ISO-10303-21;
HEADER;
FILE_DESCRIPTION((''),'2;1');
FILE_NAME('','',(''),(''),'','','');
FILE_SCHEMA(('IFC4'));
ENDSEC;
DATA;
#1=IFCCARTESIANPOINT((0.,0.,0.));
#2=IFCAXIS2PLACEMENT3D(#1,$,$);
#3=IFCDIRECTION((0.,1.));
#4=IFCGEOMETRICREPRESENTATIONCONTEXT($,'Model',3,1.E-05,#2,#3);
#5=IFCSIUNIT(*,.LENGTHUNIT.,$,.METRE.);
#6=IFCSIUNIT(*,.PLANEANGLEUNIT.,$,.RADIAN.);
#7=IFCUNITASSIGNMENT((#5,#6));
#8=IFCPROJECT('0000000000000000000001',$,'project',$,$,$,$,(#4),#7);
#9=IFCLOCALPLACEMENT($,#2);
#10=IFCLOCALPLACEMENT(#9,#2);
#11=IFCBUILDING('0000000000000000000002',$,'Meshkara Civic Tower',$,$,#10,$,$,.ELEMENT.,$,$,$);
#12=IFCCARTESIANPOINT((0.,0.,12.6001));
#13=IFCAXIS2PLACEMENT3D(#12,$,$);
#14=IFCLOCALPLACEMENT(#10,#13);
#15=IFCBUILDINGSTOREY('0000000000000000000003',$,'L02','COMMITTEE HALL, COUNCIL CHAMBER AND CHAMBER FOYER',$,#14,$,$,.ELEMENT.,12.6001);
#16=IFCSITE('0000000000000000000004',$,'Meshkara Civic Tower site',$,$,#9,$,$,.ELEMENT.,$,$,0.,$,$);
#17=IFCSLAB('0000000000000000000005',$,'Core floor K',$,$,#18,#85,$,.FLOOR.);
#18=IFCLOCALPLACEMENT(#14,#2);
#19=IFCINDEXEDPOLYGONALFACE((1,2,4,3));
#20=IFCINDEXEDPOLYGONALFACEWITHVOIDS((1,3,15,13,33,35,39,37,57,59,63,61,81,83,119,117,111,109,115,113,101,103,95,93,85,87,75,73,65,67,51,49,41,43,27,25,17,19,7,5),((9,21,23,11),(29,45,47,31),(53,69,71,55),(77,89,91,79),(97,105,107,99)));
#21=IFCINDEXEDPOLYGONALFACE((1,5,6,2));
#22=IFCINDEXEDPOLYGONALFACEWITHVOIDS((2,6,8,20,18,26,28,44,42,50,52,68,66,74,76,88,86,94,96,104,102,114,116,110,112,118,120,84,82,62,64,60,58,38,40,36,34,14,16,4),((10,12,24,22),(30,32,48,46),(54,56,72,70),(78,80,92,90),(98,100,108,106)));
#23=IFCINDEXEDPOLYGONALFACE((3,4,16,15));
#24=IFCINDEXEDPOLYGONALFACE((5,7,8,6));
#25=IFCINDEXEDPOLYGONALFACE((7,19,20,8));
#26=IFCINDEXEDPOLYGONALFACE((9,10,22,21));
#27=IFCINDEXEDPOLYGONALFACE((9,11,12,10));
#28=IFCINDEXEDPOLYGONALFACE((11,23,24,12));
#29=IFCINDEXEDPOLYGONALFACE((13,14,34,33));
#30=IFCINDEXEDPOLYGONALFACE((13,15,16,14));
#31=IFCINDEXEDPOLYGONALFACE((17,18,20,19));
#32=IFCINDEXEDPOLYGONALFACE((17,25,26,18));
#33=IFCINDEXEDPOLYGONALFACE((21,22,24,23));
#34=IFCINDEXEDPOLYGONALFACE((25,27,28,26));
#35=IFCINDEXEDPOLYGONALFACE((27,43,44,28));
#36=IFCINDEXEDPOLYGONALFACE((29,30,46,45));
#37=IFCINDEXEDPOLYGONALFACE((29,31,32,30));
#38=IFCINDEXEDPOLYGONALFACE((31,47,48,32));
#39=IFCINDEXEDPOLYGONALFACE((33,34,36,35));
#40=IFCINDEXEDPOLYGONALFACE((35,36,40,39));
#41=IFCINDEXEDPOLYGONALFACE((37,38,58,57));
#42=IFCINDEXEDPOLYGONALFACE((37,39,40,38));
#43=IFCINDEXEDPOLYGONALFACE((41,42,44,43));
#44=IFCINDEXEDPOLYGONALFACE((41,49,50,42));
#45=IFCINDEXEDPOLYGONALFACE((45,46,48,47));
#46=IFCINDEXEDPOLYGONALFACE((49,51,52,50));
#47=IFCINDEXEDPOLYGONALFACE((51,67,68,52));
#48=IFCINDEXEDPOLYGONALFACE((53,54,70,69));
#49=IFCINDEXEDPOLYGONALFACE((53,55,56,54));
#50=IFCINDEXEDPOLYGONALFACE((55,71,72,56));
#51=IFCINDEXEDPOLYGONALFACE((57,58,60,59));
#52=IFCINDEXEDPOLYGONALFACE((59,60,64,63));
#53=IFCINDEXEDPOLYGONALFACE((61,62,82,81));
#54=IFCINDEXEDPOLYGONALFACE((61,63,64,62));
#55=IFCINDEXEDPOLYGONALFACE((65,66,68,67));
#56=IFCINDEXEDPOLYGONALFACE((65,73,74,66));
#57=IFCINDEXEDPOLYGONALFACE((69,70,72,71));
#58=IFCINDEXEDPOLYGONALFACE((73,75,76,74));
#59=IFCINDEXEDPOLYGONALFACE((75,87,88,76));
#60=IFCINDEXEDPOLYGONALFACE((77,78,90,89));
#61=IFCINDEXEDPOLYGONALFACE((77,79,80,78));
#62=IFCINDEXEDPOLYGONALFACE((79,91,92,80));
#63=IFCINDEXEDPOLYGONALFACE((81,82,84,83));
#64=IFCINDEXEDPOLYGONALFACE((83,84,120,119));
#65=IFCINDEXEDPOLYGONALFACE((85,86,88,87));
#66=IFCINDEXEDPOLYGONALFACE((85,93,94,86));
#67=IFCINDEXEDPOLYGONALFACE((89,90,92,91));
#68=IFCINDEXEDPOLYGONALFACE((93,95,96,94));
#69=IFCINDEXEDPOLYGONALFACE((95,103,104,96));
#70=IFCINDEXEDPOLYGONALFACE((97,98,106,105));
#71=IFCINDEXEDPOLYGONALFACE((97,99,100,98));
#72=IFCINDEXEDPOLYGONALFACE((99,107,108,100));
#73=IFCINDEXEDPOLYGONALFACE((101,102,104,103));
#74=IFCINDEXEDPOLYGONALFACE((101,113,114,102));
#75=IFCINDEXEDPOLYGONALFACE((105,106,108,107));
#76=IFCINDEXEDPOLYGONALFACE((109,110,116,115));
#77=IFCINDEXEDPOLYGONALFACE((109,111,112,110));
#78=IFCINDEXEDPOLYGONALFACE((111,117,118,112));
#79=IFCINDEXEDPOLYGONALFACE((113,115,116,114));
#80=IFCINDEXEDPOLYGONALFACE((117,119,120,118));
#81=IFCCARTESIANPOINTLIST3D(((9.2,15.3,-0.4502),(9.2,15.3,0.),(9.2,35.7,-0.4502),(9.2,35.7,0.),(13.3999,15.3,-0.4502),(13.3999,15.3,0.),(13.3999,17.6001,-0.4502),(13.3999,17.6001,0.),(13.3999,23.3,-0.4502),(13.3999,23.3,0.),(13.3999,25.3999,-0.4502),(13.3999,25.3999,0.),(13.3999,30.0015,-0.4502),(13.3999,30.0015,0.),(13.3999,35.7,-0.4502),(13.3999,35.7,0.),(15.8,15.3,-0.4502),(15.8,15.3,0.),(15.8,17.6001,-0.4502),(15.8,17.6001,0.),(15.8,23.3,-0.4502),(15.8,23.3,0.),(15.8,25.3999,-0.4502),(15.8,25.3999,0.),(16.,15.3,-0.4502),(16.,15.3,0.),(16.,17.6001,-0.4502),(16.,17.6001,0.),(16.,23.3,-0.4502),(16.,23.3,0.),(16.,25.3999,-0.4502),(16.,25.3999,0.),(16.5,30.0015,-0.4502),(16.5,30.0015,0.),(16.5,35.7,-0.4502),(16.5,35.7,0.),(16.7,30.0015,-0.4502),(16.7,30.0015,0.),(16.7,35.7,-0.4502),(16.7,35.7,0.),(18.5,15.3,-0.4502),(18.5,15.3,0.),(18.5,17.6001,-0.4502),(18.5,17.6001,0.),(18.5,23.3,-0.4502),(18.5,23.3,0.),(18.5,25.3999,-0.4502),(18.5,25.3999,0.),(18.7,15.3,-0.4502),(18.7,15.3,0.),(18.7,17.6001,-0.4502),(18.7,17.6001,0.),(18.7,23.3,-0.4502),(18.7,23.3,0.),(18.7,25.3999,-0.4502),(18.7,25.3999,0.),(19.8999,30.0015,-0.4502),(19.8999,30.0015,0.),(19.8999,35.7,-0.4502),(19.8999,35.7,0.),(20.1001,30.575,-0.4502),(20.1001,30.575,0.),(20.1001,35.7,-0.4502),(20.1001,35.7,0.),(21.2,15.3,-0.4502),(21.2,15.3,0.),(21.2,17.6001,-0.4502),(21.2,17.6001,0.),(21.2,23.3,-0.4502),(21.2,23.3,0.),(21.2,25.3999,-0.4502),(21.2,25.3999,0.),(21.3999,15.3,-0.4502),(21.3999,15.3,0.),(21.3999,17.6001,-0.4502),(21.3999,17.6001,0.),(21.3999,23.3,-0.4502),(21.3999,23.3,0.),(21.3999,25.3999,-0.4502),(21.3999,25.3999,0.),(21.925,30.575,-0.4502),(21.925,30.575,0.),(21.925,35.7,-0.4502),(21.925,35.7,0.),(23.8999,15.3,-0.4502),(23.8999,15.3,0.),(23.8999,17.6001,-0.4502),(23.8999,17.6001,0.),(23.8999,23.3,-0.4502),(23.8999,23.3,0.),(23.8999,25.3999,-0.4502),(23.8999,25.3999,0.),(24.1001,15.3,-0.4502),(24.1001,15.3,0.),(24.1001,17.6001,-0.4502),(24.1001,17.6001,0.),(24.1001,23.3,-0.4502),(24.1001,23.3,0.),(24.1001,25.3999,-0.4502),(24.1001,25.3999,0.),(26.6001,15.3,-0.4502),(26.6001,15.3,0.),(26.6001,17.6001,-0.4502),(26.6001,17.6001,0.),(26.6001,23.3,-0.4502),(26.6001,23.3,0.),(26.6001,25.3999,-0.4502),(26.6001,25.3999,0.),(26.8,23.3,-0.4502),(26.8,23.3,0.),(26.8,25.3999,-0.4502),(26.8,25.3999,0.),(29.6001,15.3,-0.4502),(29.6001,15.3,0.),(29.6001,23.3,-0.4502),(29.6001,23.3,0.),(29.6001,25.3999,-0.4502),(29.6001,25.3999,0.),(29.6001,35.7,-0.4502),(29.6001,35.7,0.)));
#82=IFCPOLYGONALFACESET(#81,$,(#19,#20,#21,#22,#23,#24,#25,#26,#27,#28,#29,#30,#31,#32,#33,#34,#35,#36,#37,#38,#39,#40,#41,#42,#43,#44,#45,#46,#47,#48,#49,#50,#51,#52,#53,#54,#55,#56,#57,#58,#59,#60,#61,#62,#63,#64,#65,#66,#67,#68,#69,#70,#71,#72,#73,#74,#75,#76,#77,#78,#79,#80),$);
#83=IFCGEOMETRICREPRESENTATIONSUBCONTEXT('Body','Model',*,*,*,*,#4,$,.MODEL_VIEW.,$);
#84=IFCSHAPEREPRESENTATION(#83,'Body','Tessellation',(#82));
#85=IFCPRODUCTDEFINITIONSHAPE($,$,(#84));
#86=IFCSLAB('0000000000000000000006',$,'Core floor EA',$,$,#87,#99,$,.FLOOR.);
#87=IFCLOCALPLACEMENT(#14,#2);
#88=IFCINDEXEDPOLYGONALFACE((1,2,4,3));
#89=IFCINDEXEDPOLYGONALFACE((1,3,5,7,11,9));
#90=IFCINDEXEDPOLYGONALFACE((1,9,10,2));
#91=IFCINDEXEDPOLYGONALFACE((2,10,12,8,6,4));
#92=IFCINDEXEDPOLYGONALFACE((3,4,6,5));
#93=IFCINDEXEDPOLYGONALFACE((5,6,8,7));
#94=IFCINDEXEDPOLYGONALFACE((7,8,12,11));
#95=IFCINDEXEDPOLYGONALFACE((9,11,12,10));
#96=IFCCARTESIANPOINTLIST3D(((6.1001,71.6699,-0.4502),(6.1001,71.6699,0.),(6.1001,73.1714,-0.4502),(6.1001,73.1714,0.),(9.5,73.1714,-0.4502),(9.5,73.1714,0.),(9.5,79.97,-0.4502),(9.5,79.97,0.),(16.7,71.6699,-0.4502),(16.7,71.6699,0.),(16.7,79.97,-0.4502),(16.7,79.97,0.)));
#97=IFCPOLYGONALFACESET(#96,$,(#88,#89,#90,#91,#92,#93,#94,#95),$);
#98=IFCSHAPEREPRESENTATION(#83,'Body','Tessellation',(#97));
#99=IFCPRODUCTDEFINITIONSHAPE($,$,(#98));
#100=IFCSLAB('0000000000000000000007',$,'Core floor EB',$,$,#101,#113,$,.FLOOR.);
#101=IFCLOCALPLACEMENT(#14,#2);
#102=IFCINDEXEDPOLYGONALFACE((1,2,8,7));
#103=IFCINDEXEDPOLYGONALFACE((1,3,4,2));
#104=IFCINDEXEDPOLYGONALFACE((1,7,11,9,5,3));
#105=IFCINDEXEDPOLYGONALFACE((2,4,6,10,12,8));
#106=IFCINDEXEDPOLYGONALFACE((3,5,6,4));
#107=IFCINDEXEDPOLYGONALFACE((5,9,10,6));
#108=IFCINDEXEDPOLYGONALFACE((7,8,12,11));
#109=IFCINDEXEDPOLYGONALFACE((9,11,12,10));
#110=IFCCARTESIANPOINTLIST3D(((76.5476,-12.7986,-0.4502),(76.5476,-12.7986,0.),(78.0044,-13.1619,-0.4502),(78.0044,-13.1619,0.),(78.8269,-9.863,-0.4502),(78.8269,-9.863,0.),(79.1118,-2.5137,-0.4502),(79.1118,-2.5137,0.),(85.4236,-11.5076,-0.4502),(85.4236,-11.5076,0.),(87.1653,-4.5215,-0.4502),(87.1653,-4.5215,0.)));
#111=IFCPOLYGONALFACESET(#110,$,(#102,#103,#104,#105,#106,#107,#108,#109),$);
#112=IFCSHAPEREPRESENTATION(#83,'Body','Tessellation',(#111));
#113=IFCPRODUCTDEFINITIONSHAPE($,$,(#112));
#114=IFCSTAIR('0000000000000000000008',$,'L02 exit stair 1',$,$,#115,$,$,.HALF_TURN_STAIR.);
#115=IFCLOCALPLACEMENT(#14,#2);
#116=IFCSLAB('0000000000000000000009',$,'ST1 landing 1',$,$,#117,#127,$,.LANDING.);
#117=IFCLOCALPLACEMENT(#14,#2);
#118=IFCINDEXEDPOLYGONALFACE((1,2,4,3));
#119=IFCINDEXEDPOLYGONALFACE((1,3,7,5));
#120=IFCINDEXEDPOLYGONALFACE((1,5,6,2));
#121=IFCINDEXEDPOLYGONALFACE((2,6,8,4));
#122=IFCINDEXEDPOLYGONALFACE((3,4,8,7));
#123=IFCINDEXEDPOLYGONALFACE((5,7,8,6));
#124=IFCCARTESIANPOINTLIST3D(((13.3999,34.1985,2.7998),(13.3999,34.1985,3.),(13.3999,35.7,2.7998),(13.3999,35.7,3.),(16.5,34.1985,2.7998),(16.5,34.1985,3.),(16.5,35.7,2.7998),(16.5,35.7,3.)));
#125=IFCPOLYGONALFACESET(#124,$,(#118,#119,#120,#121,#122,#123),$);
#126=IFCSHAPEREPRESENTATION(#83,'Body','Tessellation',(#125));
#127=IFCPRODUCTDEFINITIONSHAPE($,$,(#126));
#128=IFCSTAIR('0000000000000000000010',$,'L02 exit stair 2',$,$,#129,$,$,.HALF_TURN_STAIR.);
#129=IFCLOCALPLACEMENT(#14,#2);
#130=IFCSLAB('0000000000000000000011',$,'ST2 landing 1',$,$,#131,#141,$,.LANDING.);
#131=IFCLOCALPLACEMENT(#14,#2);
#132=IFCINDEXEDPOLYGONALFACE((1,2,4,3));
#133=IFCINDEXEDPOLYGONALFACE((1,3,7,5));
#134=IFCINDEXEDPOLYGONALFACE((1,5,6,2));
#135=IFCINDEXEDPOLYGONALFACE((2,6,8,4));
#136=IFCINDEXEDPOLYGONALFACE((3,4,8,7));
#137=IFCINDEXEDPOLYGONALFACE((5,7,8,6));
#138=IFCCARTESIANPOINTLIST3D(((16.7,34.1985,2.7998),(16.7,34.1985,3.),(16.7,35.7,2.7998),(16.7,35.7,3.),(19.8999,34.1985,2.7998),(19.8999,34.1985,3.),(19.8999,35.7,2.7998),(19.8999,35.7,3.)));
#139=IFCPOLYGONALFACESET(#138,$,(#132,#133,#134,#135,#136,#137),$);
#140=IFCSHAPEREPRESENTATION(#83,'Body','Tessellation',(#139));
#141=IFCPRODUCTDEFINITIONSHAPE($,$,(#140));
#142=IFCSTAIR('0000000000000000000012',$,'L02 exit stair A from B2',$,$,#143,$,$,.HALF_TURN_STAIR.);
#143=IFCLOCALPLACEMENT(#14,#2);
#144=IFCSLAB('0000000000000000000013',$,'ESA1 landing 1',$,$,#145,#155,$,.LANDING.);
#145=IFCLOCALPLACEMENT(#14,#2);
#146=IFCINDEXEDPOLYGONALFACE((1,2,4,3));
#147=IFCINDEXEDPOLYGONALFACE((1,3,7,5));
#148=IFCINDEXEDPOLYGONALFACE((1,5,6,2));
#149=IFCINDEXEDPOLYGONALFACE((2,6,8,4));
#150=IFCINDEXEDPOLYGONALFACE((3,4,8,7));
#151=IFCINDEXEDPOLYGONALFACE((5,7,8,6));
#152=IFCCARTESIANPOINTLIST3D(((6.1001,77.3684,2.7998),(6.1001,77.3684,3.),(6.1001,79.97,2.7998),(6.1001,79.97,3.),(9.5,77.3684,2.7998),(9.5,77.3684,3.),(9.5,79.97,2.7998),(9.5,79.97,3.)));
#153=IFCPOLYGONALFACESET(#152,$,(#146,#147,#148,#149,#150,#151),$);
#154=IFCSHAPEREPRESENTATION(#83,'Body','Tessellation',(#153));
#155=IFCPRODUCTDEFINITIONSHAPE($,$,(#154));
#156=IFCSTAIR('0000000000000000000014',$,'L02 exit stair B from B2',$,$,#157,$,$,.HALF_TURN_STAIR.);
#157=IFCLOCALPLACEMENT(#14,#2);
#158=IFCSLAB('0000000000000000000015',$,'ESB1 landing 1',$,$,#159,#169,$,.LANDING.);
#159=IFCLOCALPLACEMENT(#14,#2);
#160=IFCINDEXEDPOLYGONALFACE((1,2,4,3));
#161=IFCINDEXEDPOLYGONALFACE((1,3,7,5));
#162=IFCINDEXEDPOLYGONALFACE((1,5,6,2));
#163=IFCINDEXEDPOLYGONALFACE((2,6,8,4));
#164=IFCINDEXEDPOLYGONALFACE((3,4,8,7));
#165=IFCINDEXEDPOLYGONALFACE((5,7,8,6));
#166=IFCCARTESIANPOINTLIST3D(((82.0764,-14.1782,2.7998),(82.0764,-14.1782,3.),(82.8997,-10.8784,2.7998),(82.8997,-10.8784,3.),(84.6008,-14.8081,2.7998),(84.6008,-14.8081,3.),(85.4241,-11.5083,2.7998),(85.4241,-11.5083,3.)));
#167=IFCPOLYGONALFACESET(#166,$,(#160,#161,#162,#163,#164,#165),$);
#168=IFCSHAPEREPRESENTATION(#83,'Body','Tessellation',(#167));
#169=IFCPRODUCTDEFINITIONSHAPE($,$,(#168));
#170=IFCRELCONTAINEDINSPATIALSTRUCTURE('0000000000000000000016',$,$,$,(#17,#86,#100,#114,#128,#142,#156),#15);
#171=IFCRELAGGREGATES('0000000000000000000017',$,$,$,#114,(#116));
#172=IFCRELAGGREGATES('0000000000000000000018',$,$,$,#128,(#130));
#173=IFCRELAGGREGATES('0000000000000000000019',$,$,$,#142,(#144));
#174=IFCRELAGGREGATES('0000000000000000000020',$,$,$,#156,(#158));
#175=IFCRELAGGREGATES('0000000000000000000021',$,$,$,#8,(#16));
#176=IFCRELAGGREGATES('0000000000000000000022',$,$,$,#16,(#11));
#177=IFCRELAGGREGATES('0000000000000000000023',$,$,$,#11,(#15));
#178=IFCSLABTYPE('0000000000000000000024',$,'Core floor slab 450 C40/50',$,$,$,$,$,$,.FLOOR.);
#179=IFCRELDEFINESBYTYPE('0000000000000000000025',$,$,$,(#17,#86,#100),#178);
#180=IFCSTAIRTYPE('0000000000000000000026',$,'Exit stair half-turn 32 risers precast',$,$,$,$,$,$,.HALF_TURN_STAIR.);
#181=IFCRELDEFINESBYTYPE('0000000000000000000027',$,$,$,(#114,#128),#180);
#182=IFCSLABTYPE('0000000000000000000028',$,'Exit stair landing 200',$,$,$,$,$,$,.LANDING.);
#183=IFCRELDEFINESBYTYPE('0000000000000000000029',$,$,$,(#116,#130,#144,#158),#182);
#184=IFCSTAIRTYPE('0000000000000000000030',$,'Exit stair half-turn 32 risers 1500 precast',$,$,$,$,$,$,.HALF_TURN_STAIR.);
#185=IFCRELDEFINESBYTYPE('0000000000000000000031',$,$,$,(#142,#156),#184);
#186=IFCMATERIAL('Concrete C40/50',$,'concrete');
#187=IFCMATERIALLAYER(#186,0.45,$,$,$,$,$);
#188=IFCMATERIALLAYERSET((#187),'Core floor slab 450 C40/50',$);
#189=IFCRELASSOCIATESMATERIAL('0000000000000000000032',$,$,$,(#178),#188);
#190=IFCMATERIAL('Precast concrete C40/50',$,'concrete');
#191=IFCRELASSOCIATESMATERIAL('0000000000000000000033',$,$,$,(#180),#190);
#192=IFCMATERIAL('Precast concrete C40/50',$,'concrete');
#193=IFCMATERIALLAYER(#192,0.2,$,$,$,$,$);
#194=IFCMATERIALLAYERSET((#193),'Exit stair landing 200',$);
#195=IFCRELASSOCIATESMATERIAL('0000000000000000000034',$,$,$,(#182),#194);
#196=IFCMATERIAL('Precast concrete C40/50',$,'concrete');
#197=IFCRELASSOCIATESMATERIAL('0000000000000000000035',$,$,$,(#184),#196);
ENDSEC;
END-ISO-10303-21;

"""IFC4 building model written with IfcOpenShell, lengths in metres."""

from ifc_helpers import new_model, si_unit, direction, frame, origin, place, context, subcontext, project, spatial, polyline, outline, extrude, material, layer, layer_set, type_object, element, aggregate, save


model = new_model("IFC4")

# Units and contexts
model_context = context("Model", 3, precision=1e-05, world=origin(), true_north=direction((0.0, 1.0)))
body_context = subcontext(model_context, "Body", "Model", "MODEL_VIEW")
ifc_project = project(units=[si_unit("LENGTHUNIT", "METRE"), si_unit("PLANEANGLEUNIT", "RADIAN")], contexts=[model_context])

# Site, building, storey
site_placement = place(None, origin())
site = spatial("IfcSite", under=ifc_project, at=site_placement, Name="Meshkara Civic Tower site", CompositionType="ELEMENT", RefElevation=0.0)
building_placement = place(site_placement, origin())
building = spatial("IfcBuilding", under=site, at=building_placement, Name="Meshkara Civic Tower", CompositionType="ELEMENT")
storey_placement = place(building_placement, frame((0.0, 0.0, 12.6001)))
storey = spatial("IfcBuildingStorey", under=building, at=storey_placement, Name="L02", Description="COMMITTEE HALL, COUNCIL CHAMBER AND CHAMBER FOYER", CompositionType="ELEMENT", Elevation=12.6001)

# Slabs
ifc_material_1 = material(Name="Concrete C40/50", Category="concrete")
ifc_layer_1 = layer(ifc_material_1, 0.45)
ifc_layer_set_1 = layer_set([ifc_layer_1], Name="Core floor slab 450 C40/50")
slab_type_1 = type_object("IfcSlabType", Name="Core floor slab 450 C40/50", PredefinedType="FLOOR", material=ifc_layer_set_1)
slab_1_placement = place(storey_placement, frame((0.0, 0.0, -0.4502)))
element("IfcSlab", 1, at=slab_1_placement, inside=storey, type_object=slab_type_1, Name="Core floor K", PredefinedType="FLOOR", context=body_context, shape_type="SweptSolid", body=[
    extrude(outline(polyline([(9.2, 35.7), (13.3999, 35.7), (13.3999, 30.0015), (16.5, 30.0015), (16.5, 35.7), (16.7, 35.7), (16.7, 30.0015), (19.8999, 30.0015), (19.8999, 35.7), (20.1001, 35.7), (20.1001, 30.575), (21.925, 30.575), (21.925, 35.7), (29.6001, 35.7), (29.6001, 25.3999), (26.8, 25.3999), (26.8, 23.3), (29.6001, 23.3), (29.6001, 15.3), (26.6001, 15.3), (26.6001, 17.6001), (24.1001, 17.6001), (24.1001, 15.3), (23.8999, 15.3), (23.8999, 17.6001), (21.3999, 17.6001), (21.3999, 15.3), (21.2, 15.3), (21.2, 17.6001), (18.7, 17.6001), (18.7, 15.3), (18.5, 15.3), (18.5, 17.6001), (16.0, 17.6001), (16.0, 15.3), (15.8, 15.3), (15.8, 17.6001), (13.3999, 17.6001), (13.3999, 15.3), (9.2, 15.3), (9.2, 35.7)]), holes=[polyline([(13.3999, 25.3999), (13.3999, 23.3), (15.8, 23.3), (15.8, 25.3999), (13.3999, 25.3999)]), polyline([(18.5, 23.3), (18.5, 25.3999), (16.0, 25.3999), (16.0, 23.3), (18.5, 23.3)]), polyline([(18.7, 25.3999), (18.7, 23.3), (21.2, 23.3), (21.2, 25.3999), (18.7, 25.3999)]), polyline([(23.8999, 23.3), (23.8999, 25.3999), (21.3999, 25.3999), (21.3999, 23.3), (23.8999, 23.3)]), polyline([(26.6001, 23.3), (26.6001, 25.3999), (24.1001, 25.3999), (24.1001, 23.3), (26.6001, 23.3)])]), origin(), (0.0, 0.0, 1.0), 0.4502),
])
slab_2_placement = place(storey_placement, frame((0.0, 0.0, -0.4502)))
element("IfcSlab", 2, at=slab_2_placement, inside=storey, type_object=slab_type_1, Name="Core floor EA", PredefinedType="FLOOR", context=body_context, shape_type="SweptSolid", body=[
    extrude(outline(polyline([(16.7, 71.6699), (16.7, 79.97), (9.5, 79.97), (9.5, 73.1714), (6.1001, 73.1714), (6.1001, 71.6699), (16.7, 71.6699)])), origin(), (0.0, 0.0, 1.0), 0.4502),
])
slab_3_placement = place(storey_placement, frame((0.0, 0.0, -0.4502)))
element("IfcSlab", 3, at=slab_3_placement, inside=storey, type_object=slab_type_1, Name="Core floor EB", PredefinedType="FLOOR", context=body_context, shape_type="SweptSolid", body=[
    extrude(outline(polyline([(79.1118, -2.5137), (87.1653, -4.5215), (85.4236, -11.5076), (78.8269, -9.863), (78.0044, -13.1619), (76.5476, -12.7986), (79.1118, -2.5137)])), origin(), (0.0, 0.0, 1.0), 0.4502),
])

# Stairs, slabs
ifc_material_2 = material(Name="Precast concrete C40/50", Category="concrete")
stair_type_1 = type_object("IfcStairType", Name="Exit stair half-turn 32 risers precast", PredefinedType="HALF_TURN_STAIR", material=ifc_material_2)
stair_1_placement = place(storey_placement, origin())
stair_1 = element("IfcStair", 4, at=stair_1_placement, inside=storey, type_object=stair_type_1, Name="L02 exit stair 1", PredefinedType="HALF_TURN_STAIR")
ifc_material_3 = material(Name="Precast concrete C40/50", Category="concrete")
ifc_layer_2 = layer(ifc_material_3, 0.2)
ifc_layer_set_2 = layer_set([ifc_layer_2], Name="Exit stair landing 200")
slab_type_2 = type_object("IfcSlabType", Name="Exit stair landing 200", PredefinedType="LANDING", material=ifc_layer_set_2)
slab_4_placement = place(storey_placement, frame((0.0, 0.0, 2.7998)))
slab_4 = element("IfcSlab", 5, at=slab_4_placement, type_object=slab_type_2, Name="ST1 landing 1", PredefinedType="LANDING", context=body_context, shape_type="SweptSolid", body=[
    extrude(outline(polyline([(16.5, 34.1985), (16.5, 35.7), (13.3999, 35.7), (13.3999, 34.1985), (16.5, 34.1985)])), origin(), (0.0, 0.0, 1.0), 0.2002),
])
aggregate(stair_1, [slab_4])
stair_2_placement = place(storey_placement, origin())
stair_2 = element("IfcStair", 6, at=stair_2_placement, inside=storey, type_object=stair_type_1, Name="L02 exit stair 2", PredefinedType="HALF_TURN_STAIR")
slab_5_placement = place(storey_placement, frame((0.0, 0.0, 2.7998)))
slab_5 = element("IfcSlab", 7, at=slab_5_placement, type_object=slab_type_2, Name="ST2 landing 1", PredefinedType="LANDING", context=body_context, shape_type="SweptSolid", body=[
    extrude(outline(polyline([(19.8999, 34.1985), (19.8999, 35.7), (16.7, 35.7), (16.7, 34.1985), (19.8999, 34.1985)])), origin(), (0.0, 0.0, 1.0), 0.2002),
])
aggregate(stair_2, [slab_5])
ifc_material_4 = material(Name="Precast concrete C40/50", Category="concrete")
stair_type_2 = type_object("IfcStairType", Name="Exit stair half-turn 32 risers 1500 precast", PredefinedType="HALF_TURN_STAIR", material=ifc_material_4)
stair_3_placement = place(storey_placement, origin())
stair_3 = element("IfcStair", 8, at=stair_3_placement, inside=storey, type_object=stair_type_2, Name="L02 exit stair A from B2", PredefinedType="HALF_TURN_STAIR")
slab_6_placement = place(storey_placement, frame((0.0, 0.0, 2.7998)))
slab_6 = element("IfcSlab", 9, at=slab_6_placement, type_object=slab_type_2, Name="ESA1 landing 1", PredefinedType="LANDING", context=body_context, shape_type="SweptSolid", body=[
    extrude(outline(polyline([(9.5, 77.3684), (9.5, 79.97), (6.1001, 79.97), (6.1001, 77.3684), (9.5, 77.3684)])), origin(), (0.0, 0.0, 1.0), 0.2002),
])
aggregate(stair_3, [slab_6])
stair_4_placement = place(storey_placement, origin())
stair_4 = element("IfcStair", 10, at=stair_4_placement, inside=storey, type_object=stair_type_2, Name="L02 exit stair B from B2", PredefinedType="HALF_TURN_STAIR")
slab_7_placement = place(storey_placement, frame((0.0, 0.0, 2.7998)))
slab_7 = element("IfcSlab", 11, at=slab_7_placement, type_object=slab_type_2, Name="ESB1 landing 1", PredefinedType="LANDING", context=body_context, shape_type="SweptSolid", body=[
    extrude(outline(polyline([(82.0764, -14.1782), (84.6008, -14.8081), (85.4241, -11.5083), (82.8997, -10.8784), (82.0764, -14.1782)])), origin(), (0.0, 0.0, 1.0), 0.2002),
])
aggregate(stair_4, [slab_7])

save(model, "model.ifc")
